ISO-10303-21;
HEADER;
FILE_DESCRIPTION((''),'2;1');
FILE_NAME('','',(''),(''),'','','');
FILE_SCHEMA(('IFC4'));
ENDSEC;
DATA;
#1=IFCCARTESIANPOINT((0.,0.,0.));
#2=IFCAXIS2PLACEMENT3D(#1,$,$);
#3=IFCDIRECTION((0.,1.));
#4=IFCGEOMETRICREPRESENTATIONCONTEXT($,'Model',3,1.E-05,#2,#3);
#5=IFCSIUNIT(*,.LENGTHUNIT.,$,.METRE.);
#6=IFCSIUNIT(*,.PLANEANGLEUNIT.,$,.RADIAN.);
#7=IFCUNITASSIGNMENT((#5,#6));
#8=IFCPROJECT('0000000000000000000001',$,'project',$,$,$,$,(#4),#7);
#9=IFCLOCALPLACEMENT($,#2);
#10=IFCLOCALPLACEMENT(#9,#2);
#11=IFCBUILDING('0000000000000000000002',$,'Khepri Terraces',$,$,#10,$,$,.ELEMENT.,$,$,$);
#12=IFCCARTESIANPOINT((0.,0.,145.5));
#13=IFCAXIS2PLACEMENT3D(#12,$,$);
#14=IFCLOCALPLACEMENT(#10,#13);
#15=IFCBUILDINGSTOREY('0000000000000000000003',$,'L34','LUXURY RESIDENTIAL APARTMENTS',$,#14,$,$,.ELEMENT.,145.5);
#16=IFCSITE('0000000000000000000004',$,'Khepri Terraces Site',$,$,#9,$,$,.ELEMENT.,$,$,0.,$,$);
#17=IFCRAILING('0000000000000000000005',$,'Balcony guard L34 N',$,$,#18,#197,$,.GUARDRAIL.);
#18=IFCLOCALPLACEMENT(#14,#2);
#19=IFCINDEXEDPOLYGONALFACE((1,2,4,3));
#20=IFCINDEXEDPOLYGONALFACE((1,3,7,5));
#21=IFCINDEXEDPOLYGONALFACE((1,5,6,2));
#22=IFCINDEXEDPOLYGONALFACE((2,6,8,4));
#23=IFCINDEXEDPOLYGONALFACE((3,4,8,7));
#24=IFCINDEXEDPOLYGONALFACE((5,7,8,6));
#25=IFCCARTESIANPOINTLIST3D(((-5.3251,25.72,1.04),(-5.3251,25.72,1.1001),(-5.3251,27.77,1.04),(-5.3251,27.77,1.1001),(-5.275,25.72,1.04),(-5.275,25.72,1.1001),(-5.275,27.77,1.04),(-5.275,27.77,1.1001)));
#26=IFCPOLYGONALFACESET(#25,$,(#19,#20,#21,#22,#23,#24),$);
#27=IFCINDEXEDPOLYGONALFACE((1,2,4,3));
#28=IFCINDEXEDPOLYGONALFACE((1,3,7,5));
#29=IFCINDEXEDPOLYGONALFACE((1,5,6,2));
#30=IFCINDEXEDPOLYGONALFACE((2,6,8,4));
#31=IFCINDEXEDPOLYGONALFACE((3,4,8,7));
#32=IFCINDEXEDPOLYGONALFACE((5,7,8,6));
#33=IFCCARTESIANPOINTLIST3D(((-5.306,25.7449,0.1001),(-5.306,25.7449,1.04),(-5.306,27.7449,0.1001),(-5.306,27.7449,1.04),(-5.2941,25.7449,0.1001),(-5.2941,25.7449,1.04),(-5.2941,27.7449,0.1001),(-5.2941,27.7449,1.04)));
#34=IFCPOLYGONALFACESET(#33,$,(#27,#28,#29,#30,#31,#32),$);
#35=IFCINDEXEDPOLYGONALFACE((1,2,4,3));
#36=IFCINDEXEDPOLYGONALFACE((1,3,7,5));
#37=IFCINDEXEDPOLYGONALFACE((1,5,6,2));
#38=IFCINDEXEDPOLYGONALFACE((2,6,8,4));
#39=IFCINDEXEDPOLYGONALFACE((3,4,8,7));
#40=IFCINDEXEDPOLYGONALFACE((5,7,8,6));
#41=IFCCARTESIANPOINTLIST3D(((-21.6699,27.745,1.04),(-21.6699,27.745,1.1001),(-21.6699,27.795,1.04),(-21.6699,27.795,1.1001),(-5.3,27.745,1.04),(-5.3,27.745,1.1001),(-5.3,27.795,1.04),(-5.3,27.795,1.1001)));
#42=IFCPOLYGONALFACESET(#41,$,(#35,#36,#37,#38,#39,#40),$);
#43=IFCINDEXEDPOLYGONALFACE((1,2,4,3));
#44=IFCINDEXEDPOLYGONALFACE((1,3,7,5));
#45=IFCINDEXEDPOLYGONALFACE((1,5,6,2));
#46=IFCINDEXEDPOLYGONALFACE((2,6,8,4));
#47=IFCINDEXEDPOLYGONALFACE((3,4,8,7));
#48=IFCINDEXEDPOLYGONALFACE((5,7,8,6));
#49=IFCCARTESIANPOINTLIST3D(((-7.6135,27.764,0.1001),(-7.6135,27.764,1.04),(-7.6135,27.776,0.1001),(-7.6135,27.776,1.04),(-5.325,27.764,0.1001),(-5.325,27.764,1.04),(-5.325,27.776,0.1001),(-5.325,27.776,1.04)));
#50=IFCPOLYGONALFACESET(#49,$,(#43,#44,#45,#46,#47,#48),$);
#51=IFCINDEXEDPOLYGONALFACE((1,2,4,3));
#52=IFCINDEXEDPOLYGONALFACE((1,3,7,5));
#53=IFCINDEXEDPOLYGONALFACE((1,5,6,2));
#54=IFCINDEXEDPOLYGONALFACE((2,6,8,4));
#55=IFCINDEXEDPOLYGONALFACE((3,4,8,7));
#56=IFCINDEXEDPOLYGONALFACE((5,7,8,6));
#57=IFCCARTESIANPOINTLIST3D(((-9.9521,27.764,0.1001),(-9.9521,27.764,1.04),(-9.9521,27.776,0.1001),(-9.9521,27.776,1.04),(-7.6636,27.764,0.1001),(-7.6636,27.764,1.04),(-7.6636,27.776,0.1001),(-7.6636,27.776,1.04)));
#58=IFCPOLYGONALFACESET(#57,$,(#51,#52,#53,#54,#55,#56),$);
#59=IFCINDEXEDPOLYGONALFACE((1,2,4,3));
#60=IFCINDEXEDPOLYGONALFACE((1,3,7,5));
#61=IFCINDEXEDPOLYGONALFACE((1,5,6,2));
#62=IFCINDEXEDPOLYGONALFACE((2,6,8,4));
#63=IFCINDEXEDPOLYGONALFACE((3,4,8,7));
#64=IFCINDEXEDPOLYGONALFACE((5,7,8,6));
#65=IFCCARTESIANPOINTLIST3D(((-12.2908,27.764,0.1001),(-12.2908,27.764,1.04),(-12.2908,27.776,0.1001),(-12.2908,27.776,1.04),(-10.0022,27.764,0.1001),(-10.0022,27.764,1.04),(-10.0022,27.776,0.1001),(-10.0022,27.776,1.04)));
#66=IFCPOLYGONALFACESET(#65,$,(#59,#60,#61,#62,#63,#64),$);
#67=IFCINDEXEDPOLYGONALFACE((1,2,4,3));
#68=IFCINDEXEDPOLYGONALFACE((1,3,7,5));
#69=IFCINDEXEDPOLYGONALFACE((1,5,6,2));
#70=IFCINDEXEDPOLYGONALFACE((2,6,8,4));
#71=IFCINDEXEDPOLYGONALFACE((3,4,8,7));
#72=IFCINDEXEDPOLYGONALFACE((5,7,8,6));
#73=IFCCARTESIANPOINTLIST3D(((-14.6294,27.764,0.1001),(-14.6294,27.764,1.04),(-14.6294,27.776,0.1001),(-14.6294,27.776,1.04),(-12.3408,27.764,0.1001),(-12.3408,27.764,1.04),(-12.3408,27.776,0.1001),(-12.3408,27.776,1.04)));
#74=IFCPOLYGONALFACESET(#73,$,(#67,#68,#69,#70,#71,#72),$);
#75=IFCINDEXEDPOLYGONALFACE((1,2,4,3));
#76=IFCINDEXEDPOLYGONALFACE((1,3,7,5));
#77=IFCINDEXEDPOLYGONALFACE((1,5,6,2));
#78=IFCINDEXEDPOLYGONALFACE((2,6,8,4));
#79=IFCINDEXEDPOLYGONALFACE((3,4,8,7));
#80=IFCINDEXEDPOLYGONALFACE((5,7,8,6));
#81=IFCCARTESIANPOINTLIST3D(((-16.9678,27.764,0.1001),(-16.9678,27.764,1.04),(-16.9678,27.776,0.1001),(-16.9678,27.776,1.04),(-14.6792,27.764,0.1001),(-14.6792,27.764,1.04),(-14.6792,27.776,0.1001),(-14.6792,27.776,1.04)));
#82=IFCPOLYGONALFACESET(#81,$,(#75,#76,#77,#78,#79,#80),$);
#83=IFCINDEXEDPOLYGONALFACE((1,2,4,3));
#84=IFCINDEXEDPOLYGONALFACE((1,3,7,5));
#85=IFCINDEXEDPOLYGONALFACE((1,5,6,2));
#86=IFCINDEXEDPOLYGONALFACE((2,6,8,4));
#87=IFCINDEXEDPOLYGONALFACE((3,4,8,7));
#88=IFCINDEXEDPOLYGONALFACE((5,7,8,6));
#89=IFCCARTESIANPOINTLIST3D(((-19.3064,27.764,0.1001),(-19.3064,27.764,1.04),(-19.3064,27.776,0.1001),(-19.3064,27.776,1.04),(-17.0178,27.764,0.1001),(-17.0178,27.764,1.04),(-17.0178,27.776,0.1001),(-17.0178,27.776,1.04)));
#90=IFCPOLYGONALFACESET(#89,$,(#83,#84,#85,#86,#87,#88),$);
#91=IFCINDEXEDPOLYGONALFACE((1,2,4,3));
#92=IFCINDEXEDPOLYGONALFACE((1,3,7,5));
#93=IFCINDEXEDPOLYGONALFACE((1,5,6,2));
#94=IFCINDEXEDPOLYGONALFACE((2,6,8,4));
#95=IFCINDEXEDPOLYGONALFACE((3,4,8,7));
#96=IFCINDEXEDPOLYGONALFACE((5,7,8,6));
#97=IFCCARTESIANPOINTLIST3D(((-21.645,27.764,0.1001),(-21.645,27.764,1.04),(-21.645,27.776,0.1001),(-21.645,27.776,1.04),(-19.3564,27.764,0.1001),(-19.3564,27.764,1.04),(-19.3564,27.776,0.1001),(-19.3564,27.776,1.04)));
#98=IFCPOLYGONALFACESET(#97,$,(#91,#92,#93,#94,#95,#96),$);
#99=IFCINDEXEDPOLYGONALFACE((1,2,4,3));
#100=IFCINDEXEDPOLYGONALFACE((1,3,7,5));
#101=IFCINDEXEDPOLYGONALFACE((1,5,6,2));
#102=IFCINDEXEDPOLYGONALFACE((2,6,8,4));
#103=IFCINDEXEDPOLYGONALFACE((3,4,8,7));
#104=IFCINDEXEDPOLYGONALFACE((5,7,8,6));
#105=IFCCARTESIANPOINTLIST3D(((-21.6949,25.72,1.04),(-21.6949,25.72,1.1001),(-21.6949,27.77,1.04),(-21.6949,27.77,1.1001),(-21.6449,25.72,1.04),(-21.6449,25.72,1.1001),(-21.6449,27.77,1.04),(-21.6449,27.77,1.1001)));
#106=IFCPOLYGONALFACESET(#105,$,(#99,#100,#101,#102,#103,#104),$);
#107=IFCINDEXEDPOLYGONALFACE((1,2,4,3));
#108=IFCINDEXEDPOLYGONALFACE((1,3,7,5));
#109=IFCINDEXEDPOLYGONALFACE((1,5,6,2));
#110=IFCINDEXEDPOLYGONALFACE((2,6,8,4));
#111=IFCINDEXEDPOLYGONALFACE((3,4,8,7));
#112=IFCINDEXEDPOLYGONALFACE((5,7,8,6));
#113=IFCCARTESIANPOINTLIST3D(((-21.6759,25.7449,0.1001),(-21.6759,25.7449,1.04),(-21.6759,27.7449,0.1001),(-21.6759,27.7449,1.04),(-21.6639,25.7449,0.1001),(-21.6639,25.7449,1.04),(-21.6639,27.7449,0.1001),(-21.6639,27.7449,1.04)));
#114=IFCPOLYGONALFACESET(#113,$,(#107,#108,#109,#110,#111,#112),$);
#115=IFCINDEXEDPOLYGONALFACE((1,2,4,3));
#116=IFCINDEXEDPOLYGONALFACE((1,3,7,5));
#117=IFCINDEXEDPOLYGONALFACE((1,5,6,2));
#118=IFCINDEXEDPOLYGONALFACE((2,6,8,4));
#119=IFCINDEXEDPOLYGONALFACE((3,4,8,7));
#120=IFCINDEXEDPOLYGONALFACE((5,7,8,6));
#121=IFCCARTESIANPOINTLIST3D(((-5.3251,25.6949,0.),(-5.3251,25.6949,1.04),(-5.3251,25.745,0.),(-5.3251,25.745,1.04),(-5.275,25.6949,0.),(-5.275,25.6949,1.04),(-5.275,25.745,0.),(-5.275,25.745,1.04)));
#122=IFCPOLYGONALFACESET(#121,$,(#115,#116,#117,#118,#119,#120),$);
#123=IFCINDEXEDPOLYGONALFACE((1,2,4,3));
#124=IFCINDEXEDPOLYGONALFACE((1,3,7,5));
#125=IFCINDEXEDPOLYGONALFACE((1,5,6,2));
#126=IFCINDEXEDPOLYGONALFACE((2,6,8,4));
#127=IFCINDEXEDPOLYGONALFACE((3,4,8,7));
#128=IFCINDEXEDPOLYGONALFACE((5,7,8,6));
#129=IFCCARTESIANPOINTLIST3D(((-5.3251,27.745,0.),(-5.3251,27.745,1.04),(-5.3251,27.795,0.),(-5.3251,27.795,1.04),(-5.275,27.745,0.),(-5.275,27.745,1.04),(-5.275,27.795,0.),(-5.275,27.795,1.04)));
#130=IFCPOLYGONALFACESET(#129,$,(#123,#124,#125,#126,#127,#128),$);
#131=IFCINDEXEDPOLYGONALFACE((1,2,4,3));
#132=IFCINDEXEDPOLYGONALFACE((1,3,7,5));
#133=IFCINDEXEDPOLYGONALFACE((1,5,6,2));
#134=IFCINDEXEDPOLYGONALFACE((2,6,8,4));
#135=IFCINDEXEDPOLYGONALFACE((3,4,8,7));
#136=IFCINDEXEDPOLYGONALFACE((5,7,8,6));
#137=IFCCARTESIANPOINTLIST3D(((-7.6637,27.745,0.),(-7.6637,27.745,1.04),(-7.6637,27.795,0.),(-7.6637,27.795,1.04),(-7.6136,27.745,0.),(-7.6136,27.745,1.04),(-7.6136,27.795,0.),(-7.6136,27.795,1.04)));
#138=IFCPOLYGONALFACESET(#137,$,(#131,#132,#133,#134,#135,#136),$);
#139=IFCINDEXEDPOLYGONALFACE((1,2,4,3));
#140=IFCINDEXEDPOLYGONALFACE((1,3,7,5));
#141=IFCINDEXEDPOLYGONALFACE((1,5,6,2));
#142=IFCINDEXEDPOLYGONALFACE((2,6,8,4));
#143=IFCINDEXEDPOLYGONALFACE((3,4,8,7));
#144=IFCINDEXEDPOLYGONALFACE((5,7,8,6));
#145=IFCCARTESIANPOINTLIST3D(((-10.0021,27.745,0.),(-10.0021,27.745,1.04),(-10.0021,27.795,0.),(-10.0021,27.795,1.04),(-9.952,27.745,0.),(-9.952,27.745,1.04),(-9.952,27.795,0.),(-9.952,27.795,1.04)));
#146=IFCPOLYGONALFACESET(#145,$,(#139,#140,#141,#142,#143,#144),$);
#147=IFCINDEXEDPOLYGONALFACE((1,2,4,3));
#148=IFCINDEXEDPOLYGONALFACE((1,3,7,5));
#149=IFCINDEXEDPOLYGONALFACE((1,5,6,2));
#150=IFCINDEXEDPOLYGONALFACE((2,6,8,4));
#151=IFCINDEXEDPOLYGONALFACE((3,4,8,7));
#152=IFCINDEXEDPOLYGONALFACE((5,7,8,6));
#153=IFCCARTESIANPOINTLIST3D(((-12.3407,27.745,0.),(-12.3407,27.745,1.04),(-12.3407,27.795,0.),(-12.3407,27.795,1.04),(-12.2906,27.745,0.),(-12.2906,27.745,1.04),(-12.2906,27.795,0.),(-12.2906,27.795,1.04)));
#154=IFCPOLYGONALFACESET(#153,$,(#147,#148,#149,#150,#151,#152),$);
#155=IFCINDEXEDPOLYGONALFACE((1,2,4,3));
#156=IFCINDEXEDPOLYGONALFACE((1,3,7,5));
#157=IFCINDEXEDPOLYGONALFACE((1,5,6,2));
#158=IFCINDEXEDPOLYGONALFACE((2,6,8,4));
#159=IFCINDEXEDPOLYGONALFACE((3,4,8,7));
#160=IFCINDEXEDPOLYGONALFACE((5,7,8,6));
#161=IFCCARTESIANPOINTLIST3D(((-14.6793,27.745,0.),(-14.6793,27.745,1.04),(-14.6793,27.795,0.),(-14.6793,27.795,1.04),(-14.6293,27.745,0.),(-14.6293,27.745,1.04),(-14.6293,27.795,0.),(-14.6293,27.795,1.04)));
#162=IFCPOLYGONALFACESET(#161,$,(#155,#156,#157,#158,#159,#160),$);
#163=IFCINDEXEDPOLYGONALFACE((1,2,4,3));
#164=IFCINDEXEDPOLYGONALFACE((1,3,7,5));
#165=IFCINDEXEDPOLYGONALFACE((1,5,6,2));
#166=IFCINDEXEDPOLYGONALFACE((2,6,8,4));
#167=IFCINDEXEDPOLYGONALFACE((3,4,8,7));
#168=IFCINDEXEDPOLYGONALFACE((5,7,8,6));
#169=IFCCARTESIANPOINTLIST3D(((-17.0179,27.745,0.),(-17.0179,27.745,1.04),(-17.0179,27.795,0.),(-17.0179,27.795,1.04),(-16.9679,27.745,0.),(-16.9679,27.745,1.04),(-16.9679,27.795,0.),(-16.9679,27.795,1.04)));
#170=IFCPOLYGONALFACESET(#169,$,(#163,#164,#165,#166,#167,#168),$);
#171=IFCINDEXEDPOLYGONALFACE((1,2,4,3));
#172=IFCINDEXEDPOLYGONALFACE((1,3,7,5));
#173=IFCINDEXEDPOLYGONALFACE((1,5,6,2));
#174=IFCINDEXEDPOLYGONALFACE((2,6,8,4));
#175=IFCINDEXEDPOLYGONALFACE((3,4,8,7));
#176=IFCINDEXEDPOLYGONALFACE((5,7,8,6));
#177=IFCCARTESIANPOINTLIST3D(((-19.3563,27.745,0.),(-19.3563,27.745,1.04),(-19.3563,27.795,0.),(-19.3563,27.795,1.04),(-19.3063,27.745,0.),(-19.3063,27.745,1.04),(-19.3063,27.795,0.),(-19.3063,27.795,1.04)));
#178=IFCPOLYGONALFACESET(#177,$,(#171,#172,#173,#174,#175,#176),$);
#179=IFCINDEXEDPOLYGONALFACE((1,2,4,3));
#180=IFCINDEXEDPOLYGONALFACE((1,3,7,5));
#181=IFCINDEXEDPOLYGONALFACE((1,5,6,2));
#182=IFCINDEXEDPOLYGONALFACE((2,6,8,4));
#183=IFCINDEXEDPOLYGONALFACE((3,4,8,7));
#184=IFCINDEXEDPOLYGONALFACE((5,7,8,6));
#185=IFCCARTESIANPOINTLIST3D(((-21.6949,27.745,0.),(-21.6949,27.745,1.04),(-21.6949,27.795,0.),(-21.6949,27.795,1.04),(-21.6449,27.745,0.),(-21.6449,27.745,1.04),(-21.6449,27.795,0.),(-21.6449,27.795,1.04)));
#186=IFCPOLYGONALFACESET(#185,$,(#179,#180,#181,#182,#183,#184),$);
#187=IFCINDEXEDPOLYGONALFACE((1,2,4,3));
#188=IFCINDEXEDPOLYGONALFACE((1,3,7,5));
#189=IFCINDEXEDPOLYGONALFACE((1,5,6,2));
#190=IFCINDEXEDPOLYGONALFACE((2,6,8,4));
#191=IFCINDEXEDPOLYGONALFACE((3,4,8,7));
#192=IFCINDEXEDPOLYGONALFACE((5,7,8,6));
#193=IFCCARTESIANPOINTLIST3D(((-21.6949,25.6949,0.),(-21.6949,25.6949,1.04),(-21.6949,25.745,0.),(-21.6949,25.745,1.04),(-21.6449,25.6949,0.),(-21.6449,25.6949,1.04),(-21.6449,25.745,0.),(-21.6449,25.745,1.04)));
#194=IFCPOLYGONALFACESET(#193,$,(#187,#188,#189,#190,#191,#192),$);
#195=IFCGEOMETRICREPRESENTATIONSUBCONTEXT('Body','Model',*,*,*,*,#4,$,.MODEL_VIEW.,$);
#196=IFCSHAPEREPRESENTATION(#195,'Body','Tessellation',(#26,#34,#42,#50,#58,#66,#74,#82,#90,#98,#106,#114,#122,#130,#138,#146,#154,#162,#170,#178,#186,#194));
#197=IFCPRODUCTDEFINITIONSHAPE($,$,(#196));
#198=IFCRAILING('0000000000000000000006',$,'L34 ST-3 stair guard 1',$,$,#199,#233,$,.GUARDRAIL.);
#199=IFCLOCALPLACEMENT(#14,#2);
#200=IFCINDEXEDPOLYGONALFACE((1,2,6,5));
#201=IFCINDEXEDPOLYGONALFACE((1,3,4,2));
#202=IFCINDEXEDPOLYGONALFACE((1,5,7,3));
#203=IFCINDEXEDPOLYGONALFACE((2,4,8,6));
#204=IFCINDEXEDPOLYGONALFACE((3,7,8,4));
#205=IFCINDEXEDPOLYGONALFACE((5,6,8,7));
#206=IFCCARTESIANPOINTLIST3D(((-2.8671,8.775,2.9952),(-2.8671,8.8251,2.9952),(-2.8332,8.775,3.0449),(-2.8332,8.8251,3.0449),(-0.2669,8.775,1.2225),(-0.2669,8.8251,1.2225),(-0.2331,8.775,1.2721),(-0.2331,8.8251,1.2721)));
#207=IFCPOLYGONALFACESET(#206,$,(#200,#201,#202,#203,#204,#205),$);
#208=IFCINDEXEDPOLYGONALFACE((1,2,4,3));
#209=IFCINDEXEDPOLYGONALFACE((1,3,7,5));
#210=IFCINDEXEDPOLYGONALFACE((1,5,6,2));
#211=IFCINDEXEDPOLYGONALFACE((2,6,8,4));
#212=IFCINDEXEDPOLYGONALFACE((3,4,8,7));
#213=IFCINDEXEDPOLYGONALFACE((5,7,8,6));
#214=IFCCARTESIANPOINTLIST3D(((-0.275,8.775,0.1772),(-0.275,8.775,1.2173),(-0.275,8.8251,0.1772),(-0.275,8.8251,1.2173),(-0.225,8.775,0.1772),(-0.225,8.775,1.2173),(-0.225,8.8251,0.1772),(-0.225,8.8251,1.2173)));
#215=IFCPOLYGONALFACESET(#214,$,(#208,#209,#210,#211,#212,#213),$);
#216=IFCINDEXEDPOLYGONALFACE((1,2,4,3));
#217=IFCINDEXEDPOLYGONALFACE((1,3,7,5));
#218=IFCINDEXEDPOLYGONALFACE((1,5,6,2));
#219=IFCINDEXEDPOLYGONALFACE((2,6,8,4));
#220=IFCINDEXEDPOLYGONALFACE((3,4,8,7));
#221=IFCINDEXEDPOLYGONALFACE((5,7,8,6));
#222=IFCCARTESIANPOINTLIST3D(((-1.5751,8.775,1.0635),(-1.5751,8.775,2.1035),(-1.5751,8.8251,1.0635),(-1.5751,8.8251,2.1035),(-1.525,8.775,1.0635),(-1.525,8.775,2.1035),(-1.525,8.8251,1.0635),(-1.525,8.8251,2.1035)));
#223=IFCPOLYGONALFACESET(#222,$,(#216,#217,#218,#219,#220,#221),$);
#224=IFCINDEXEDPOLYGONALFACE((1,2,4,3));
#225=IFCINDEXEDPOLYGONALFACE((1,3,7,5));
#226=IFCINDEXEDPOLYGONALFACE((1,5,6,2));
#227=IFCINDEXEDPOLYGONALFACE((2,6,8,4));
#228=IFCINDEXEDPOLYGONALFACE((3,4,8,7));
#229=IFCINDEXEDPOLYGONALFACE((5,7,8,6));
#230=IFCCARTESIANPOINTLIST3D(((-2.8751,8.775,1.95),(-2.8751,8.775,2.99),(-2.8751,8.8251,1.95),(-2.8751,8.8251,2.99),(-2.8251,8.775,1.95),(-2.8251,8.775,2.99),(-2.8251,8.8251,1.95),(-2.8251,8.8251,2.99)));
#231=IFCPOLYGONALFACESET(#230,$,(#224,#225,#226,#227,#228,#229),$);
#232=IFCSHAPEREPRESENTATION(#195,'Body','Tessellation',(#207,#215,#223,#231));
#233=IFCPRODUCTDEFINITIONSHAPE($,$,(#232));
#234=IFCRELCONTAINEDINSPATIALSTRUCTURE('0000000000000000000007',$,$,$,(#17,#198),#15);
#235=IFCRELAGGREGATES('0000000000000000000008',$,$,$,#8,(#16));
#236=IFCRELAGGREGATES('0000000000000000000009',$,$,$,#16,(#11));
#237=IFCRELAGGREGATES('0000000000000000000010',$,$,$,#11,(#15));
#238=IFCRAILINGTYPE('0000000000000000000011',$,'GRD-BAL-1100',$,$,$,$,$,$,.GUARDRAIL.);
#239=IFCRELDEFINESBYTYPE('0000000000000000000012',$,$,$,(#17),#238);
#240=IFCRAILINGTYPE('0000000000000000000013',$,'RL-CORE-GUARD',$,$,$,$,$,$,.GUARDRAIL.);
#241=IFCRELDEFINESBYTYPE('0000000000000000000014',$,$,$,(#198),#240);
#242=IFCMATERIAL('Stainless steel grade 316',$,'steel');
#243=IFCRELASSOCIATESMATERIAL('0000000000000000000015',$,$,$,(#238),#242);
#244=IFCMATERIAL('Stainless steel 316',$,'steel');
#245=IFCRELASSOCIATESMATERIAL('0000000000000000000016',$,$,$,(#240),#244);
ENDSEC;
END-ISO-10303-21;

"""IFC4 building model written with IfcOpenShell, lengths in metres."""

from ifc_helpers import new_model, si_unit, direction, frame, origin, origin_2d, place, context, subcontext, project, spatial, rectangle, extrude, material, type_object, element, save


model = new_model("IFC4")

# Units and contexts
model_context = context("Model", 3, precision=1e-05, world=origin(), true_north=direction((0.0, 1.0)))
body_context = subcontext(model_context, "Body", "Model", "MODEL_VIEW")
ifc_project = project(units=[si_unit("LENGTHUNIT", "METRE"), si_unit("PLANEANGLEUNIT", "RADIAN")], contexts=[model_context])

# Site, building, storey
site_placement = place(None, origin())
site = spatial("IfcSite", under=ifc_project, at=site_placement, Name="Khepri Terraces Site", CompositionType="ELEMENT", RefElevation=0.0)
building_placement = place(site_placement, origin())
building = spatial("IfcBuilding", under=site, at=building_placement, Name="Khepri Terraces", CompositionType="ELEMENT")
storey_placement = place(building_placement, frame((0.0, 0.0, 145.5)))
storey = spatial("IfcBuildingStorey", under=building, at=storey_placement, Name="L34", Description="LUXURY RESIDENTIAL APARTMENTS", CompositionType="ELEMENT", Elevation=145.5)

# Railings
ifc_material_1 = material(Name="Stainless steel grade 316", Category="steel")
railing_type_1 = type_object("IfcRailingType", Name="GRD-BAL-1100", PredefinedType="GUARDRAIL", material=ifc_material_1)
railing_1_placement = place(storey_placement, frame((-5.3, 25.72, 0.0)))
element("IfcRailing", 1, at=railing_1_placement, inside=storey, type_object=railing_type_1, Name="Balcony guard L34 N", PredefinedType="GUARDRAIL", context=body_context, shape_type="SweptSolid", body=[
    extrude(rectangle(XDim=0.05, YDim=0.0601, at=origin_2d()), frame((0.0, 0.0, 1.0701), z_axis=(0.0, 1.0, 0.0), x_axis=(-1.0, 0.0, 0.0)), (0.0, 0.0, 1.0), 2.05),
    extrude(rectangle(XDim=2.0, YDim=0.012, at=origin_2d()), frame((0.0, 1.0249, 0.1001), z_axis=(0.0, 0.0, 1.0), x_axis=(0.0, 1.0, 0.0)), (0.0, 0.0, 1.0), 0.9399),
    extrude(rectangle(XDim=0.05, YDim=0.0601, at=origin_2d()), frame((0.0, 2.05, 1.0701), z_axis=(-1.0, 0.0, 0.0), x_axis=(0.0, -1.0, 0.0)), (0.0, 0.0, 1.0), 16.3699),
    extrude(rectangle(XDim=2.2886, YDim=0.012, at=origin_2d()), frame((-1.1692, 2.05, 0.1001), z_axis=(0.0, 0.0, 1.0), x_axis=(-1.0, 0.0, 0.0)), (0.0, 0.0, 1.0), 0.9399),
    extrude(rectangle(XDim=2.2886, YDim=0.012, at=origin_2d()), frame((-3.5078, 2.05, 0.1001), z_axis=(0.0, 0.0, 1.0), x_axis=(-1.0, 0.0, 0.0)), (0.0, 0.0, 1.0), 0.9399),
    extrude(rectangle(XDim=2.2886, YDim=0.012, at=origin_2d()), frame((-5.8464, 2.05, 0.1001), z_axis=(0.0, 0.0, 1.0), x_axis=(-1.0, 0.0, 0.0)), (0.0, 0.0, 1.0), 0.9399),
    extrude(rectangle(XDim=2.2886, YDim=0.012, at=origin_2d()), frame((-8.1851, 2.05, 0.1001), z_axis=(0.0, 0.0, 1.0), x_axis=(-1.0, 0.0, 0.0)), (0.0, 0.0, 1.0), 0.9399),
    extrude(rectangle(XDim=2.2886, YDim=0.012, at=origin_2d()), frame((-10.5234, 2.05, 0.1001), z_axis=(0.0, 0.0, 1.0), x_axis=(-1.0, 0.0, 0.0)), (0.0, 0.0, 1.0), 0.9399),
    extrude(rectangle(XDim=2.2886, YDim=0.012, at=origin_2d()), frame((-12.8621, 2.05, 0.1001), z_axis=(0.0, 0.0, 1.0), x_axis=(-1.0, 0.0, 0.0)), (0.0, 0.0, 1.0), 0.9399),
    extrude(rectangle(XDim=2.2886, YDim=0.012, at=origin_2d()), frame((-15.2007, 2.05, 0.1001), z_axis=(0.0, 0.0, 1.0), x_axis=(-1.0, 0.0, 0.0)), (0.0, 0.0, 1.0), 0.9399),
    extrude(rectangle(XDim=0.05, YDim=0.0601, at=origin_2d()), frame((-16.3699, 2.05, 1.0701), z_axis=(0.0, -1.0, 0.0), x_axis=(1.0, 0.0, 0.0)), (0.0, 0.0, 1.0), 2.05),
    extrude(rectangle(XDim=2.0, YDim=0.012, at=origin_2d()), frame((-16.3699, 1.0249, 0.1001), z_axis=(0.0, 0.0, 1.0), x_axis=(0.0, -1.0, 0.0)), (0.0, 0.0, 1.0), 0.9399),
    extrude(rectangle(XDim=0.05, YDim=0.05, at=origin_2d()), origin(), (0.0, 0.0, 1.0), 1.04),
    extrude(rectangle(XDim=0.05, YDim=0.05, at=origin_2d()), frame((0.0, 2.05, 0.0)), (0.0, 0.0, 1.0), 1.04),
    extrude(rectangle(XDim=0.05, YDim=0.05, at=origin_2d()), frame((-2.3386, 2.05, 0.0)), (0.0, 0.0, 1.0), 1.04),
    extrude(rectangle(XDim=0.05, YDim=0.05, at=origin_2d()), frame((-4.677, 2.05, 0.0)), (0.0, 0.0, 1.0), 1.04),
    extrude(rectangle(XDim=0.05, YDim=0.05, at=origin_2d()), frame((-7.0156, 2.05, 0.0)), (0.0, 0.0, 1.0), 1.04),
    extrude(rectangle(XDim=0.05, YDim=0.05, at=origin_2d()), frame((-9.3542, 2.05, 0.0)), (0.0, 0.0, 1.0), 1.04),
    extrude(rectangle(XDim=0.05, YDim=0.05, at=origin_2d()), frame((-11.6929, 2.05, 0.0)), (0.0, 0.0, 1.0), 1.04),
    extrude(rectangle(XDim=0.05, YDim=0.05, at=origin_2d()), frame((-14.0312, 2.05, 0.0)), (0.0, 0.0, 1.0), 1.04),
    extrude(rectangle(XDim=0.05, YDim=0.05, at=origin_2d()), frame((-16.3699, 2.05, 0.0)), (0.0, 0.0, 1.0), 1.04),
    extrude(rectangle(XDim=0.05, YDim=0.05, at=origin_2d()), frame((-16.3699, 0.0, 0.0)), (0.0, 0.0, 1.0), 1.04),
])
ifc_material_2 = material(Name="Stainless steel 316", Category="steel")
railing_type_2 = type_object("IfcRailingType", Name="RL-CORE-GUARD", PredefinedType="GUARDRAIL", material=ifc_material_2)
railing_2_placement = place(storey_placement, frame((-0.25, 8.8, 0.1772)))
element("IfcRailing", 2, at=railing_2_placement, inside=storey, type_object=railing_type_2, Name="L34 ST-3 stair guard 1", PredefinedType="GUARDRAIL", context=body_context, shape_type="SweptSolid", body=[
    extrude(rectangle(XDim=0.05, YDim=0.0601, at=origin_2d()), frame((0.0, 0.0, 1.0701), z_axis=(-0.82624, 0.0, 0.563318), x_axis=(0.0, -1.0, 0.0)), (0.0, 0.0, 1.0), 3.147),
    extrude(rectangle(XDim=0.05, YDim=0.05, at=origin_2d()), origin(), (0.0, 0.0, 1.0), 1.04),
    extrude(rectangle(XDim=0.05, YDim=0.05, at=origin_2d()), frame((-1.3, 0.0, 0.8862)), (0.0, 0.0, 1.0), 1.04),
    extrude(rectangle(XDim=0.05, YDim=0.05, at=origin_2d()), frame((-2.6001, 0.0, 1.7727)), (0.0, 0.0, 1.0), 1.04),
])

save(model, "model.ifc")
